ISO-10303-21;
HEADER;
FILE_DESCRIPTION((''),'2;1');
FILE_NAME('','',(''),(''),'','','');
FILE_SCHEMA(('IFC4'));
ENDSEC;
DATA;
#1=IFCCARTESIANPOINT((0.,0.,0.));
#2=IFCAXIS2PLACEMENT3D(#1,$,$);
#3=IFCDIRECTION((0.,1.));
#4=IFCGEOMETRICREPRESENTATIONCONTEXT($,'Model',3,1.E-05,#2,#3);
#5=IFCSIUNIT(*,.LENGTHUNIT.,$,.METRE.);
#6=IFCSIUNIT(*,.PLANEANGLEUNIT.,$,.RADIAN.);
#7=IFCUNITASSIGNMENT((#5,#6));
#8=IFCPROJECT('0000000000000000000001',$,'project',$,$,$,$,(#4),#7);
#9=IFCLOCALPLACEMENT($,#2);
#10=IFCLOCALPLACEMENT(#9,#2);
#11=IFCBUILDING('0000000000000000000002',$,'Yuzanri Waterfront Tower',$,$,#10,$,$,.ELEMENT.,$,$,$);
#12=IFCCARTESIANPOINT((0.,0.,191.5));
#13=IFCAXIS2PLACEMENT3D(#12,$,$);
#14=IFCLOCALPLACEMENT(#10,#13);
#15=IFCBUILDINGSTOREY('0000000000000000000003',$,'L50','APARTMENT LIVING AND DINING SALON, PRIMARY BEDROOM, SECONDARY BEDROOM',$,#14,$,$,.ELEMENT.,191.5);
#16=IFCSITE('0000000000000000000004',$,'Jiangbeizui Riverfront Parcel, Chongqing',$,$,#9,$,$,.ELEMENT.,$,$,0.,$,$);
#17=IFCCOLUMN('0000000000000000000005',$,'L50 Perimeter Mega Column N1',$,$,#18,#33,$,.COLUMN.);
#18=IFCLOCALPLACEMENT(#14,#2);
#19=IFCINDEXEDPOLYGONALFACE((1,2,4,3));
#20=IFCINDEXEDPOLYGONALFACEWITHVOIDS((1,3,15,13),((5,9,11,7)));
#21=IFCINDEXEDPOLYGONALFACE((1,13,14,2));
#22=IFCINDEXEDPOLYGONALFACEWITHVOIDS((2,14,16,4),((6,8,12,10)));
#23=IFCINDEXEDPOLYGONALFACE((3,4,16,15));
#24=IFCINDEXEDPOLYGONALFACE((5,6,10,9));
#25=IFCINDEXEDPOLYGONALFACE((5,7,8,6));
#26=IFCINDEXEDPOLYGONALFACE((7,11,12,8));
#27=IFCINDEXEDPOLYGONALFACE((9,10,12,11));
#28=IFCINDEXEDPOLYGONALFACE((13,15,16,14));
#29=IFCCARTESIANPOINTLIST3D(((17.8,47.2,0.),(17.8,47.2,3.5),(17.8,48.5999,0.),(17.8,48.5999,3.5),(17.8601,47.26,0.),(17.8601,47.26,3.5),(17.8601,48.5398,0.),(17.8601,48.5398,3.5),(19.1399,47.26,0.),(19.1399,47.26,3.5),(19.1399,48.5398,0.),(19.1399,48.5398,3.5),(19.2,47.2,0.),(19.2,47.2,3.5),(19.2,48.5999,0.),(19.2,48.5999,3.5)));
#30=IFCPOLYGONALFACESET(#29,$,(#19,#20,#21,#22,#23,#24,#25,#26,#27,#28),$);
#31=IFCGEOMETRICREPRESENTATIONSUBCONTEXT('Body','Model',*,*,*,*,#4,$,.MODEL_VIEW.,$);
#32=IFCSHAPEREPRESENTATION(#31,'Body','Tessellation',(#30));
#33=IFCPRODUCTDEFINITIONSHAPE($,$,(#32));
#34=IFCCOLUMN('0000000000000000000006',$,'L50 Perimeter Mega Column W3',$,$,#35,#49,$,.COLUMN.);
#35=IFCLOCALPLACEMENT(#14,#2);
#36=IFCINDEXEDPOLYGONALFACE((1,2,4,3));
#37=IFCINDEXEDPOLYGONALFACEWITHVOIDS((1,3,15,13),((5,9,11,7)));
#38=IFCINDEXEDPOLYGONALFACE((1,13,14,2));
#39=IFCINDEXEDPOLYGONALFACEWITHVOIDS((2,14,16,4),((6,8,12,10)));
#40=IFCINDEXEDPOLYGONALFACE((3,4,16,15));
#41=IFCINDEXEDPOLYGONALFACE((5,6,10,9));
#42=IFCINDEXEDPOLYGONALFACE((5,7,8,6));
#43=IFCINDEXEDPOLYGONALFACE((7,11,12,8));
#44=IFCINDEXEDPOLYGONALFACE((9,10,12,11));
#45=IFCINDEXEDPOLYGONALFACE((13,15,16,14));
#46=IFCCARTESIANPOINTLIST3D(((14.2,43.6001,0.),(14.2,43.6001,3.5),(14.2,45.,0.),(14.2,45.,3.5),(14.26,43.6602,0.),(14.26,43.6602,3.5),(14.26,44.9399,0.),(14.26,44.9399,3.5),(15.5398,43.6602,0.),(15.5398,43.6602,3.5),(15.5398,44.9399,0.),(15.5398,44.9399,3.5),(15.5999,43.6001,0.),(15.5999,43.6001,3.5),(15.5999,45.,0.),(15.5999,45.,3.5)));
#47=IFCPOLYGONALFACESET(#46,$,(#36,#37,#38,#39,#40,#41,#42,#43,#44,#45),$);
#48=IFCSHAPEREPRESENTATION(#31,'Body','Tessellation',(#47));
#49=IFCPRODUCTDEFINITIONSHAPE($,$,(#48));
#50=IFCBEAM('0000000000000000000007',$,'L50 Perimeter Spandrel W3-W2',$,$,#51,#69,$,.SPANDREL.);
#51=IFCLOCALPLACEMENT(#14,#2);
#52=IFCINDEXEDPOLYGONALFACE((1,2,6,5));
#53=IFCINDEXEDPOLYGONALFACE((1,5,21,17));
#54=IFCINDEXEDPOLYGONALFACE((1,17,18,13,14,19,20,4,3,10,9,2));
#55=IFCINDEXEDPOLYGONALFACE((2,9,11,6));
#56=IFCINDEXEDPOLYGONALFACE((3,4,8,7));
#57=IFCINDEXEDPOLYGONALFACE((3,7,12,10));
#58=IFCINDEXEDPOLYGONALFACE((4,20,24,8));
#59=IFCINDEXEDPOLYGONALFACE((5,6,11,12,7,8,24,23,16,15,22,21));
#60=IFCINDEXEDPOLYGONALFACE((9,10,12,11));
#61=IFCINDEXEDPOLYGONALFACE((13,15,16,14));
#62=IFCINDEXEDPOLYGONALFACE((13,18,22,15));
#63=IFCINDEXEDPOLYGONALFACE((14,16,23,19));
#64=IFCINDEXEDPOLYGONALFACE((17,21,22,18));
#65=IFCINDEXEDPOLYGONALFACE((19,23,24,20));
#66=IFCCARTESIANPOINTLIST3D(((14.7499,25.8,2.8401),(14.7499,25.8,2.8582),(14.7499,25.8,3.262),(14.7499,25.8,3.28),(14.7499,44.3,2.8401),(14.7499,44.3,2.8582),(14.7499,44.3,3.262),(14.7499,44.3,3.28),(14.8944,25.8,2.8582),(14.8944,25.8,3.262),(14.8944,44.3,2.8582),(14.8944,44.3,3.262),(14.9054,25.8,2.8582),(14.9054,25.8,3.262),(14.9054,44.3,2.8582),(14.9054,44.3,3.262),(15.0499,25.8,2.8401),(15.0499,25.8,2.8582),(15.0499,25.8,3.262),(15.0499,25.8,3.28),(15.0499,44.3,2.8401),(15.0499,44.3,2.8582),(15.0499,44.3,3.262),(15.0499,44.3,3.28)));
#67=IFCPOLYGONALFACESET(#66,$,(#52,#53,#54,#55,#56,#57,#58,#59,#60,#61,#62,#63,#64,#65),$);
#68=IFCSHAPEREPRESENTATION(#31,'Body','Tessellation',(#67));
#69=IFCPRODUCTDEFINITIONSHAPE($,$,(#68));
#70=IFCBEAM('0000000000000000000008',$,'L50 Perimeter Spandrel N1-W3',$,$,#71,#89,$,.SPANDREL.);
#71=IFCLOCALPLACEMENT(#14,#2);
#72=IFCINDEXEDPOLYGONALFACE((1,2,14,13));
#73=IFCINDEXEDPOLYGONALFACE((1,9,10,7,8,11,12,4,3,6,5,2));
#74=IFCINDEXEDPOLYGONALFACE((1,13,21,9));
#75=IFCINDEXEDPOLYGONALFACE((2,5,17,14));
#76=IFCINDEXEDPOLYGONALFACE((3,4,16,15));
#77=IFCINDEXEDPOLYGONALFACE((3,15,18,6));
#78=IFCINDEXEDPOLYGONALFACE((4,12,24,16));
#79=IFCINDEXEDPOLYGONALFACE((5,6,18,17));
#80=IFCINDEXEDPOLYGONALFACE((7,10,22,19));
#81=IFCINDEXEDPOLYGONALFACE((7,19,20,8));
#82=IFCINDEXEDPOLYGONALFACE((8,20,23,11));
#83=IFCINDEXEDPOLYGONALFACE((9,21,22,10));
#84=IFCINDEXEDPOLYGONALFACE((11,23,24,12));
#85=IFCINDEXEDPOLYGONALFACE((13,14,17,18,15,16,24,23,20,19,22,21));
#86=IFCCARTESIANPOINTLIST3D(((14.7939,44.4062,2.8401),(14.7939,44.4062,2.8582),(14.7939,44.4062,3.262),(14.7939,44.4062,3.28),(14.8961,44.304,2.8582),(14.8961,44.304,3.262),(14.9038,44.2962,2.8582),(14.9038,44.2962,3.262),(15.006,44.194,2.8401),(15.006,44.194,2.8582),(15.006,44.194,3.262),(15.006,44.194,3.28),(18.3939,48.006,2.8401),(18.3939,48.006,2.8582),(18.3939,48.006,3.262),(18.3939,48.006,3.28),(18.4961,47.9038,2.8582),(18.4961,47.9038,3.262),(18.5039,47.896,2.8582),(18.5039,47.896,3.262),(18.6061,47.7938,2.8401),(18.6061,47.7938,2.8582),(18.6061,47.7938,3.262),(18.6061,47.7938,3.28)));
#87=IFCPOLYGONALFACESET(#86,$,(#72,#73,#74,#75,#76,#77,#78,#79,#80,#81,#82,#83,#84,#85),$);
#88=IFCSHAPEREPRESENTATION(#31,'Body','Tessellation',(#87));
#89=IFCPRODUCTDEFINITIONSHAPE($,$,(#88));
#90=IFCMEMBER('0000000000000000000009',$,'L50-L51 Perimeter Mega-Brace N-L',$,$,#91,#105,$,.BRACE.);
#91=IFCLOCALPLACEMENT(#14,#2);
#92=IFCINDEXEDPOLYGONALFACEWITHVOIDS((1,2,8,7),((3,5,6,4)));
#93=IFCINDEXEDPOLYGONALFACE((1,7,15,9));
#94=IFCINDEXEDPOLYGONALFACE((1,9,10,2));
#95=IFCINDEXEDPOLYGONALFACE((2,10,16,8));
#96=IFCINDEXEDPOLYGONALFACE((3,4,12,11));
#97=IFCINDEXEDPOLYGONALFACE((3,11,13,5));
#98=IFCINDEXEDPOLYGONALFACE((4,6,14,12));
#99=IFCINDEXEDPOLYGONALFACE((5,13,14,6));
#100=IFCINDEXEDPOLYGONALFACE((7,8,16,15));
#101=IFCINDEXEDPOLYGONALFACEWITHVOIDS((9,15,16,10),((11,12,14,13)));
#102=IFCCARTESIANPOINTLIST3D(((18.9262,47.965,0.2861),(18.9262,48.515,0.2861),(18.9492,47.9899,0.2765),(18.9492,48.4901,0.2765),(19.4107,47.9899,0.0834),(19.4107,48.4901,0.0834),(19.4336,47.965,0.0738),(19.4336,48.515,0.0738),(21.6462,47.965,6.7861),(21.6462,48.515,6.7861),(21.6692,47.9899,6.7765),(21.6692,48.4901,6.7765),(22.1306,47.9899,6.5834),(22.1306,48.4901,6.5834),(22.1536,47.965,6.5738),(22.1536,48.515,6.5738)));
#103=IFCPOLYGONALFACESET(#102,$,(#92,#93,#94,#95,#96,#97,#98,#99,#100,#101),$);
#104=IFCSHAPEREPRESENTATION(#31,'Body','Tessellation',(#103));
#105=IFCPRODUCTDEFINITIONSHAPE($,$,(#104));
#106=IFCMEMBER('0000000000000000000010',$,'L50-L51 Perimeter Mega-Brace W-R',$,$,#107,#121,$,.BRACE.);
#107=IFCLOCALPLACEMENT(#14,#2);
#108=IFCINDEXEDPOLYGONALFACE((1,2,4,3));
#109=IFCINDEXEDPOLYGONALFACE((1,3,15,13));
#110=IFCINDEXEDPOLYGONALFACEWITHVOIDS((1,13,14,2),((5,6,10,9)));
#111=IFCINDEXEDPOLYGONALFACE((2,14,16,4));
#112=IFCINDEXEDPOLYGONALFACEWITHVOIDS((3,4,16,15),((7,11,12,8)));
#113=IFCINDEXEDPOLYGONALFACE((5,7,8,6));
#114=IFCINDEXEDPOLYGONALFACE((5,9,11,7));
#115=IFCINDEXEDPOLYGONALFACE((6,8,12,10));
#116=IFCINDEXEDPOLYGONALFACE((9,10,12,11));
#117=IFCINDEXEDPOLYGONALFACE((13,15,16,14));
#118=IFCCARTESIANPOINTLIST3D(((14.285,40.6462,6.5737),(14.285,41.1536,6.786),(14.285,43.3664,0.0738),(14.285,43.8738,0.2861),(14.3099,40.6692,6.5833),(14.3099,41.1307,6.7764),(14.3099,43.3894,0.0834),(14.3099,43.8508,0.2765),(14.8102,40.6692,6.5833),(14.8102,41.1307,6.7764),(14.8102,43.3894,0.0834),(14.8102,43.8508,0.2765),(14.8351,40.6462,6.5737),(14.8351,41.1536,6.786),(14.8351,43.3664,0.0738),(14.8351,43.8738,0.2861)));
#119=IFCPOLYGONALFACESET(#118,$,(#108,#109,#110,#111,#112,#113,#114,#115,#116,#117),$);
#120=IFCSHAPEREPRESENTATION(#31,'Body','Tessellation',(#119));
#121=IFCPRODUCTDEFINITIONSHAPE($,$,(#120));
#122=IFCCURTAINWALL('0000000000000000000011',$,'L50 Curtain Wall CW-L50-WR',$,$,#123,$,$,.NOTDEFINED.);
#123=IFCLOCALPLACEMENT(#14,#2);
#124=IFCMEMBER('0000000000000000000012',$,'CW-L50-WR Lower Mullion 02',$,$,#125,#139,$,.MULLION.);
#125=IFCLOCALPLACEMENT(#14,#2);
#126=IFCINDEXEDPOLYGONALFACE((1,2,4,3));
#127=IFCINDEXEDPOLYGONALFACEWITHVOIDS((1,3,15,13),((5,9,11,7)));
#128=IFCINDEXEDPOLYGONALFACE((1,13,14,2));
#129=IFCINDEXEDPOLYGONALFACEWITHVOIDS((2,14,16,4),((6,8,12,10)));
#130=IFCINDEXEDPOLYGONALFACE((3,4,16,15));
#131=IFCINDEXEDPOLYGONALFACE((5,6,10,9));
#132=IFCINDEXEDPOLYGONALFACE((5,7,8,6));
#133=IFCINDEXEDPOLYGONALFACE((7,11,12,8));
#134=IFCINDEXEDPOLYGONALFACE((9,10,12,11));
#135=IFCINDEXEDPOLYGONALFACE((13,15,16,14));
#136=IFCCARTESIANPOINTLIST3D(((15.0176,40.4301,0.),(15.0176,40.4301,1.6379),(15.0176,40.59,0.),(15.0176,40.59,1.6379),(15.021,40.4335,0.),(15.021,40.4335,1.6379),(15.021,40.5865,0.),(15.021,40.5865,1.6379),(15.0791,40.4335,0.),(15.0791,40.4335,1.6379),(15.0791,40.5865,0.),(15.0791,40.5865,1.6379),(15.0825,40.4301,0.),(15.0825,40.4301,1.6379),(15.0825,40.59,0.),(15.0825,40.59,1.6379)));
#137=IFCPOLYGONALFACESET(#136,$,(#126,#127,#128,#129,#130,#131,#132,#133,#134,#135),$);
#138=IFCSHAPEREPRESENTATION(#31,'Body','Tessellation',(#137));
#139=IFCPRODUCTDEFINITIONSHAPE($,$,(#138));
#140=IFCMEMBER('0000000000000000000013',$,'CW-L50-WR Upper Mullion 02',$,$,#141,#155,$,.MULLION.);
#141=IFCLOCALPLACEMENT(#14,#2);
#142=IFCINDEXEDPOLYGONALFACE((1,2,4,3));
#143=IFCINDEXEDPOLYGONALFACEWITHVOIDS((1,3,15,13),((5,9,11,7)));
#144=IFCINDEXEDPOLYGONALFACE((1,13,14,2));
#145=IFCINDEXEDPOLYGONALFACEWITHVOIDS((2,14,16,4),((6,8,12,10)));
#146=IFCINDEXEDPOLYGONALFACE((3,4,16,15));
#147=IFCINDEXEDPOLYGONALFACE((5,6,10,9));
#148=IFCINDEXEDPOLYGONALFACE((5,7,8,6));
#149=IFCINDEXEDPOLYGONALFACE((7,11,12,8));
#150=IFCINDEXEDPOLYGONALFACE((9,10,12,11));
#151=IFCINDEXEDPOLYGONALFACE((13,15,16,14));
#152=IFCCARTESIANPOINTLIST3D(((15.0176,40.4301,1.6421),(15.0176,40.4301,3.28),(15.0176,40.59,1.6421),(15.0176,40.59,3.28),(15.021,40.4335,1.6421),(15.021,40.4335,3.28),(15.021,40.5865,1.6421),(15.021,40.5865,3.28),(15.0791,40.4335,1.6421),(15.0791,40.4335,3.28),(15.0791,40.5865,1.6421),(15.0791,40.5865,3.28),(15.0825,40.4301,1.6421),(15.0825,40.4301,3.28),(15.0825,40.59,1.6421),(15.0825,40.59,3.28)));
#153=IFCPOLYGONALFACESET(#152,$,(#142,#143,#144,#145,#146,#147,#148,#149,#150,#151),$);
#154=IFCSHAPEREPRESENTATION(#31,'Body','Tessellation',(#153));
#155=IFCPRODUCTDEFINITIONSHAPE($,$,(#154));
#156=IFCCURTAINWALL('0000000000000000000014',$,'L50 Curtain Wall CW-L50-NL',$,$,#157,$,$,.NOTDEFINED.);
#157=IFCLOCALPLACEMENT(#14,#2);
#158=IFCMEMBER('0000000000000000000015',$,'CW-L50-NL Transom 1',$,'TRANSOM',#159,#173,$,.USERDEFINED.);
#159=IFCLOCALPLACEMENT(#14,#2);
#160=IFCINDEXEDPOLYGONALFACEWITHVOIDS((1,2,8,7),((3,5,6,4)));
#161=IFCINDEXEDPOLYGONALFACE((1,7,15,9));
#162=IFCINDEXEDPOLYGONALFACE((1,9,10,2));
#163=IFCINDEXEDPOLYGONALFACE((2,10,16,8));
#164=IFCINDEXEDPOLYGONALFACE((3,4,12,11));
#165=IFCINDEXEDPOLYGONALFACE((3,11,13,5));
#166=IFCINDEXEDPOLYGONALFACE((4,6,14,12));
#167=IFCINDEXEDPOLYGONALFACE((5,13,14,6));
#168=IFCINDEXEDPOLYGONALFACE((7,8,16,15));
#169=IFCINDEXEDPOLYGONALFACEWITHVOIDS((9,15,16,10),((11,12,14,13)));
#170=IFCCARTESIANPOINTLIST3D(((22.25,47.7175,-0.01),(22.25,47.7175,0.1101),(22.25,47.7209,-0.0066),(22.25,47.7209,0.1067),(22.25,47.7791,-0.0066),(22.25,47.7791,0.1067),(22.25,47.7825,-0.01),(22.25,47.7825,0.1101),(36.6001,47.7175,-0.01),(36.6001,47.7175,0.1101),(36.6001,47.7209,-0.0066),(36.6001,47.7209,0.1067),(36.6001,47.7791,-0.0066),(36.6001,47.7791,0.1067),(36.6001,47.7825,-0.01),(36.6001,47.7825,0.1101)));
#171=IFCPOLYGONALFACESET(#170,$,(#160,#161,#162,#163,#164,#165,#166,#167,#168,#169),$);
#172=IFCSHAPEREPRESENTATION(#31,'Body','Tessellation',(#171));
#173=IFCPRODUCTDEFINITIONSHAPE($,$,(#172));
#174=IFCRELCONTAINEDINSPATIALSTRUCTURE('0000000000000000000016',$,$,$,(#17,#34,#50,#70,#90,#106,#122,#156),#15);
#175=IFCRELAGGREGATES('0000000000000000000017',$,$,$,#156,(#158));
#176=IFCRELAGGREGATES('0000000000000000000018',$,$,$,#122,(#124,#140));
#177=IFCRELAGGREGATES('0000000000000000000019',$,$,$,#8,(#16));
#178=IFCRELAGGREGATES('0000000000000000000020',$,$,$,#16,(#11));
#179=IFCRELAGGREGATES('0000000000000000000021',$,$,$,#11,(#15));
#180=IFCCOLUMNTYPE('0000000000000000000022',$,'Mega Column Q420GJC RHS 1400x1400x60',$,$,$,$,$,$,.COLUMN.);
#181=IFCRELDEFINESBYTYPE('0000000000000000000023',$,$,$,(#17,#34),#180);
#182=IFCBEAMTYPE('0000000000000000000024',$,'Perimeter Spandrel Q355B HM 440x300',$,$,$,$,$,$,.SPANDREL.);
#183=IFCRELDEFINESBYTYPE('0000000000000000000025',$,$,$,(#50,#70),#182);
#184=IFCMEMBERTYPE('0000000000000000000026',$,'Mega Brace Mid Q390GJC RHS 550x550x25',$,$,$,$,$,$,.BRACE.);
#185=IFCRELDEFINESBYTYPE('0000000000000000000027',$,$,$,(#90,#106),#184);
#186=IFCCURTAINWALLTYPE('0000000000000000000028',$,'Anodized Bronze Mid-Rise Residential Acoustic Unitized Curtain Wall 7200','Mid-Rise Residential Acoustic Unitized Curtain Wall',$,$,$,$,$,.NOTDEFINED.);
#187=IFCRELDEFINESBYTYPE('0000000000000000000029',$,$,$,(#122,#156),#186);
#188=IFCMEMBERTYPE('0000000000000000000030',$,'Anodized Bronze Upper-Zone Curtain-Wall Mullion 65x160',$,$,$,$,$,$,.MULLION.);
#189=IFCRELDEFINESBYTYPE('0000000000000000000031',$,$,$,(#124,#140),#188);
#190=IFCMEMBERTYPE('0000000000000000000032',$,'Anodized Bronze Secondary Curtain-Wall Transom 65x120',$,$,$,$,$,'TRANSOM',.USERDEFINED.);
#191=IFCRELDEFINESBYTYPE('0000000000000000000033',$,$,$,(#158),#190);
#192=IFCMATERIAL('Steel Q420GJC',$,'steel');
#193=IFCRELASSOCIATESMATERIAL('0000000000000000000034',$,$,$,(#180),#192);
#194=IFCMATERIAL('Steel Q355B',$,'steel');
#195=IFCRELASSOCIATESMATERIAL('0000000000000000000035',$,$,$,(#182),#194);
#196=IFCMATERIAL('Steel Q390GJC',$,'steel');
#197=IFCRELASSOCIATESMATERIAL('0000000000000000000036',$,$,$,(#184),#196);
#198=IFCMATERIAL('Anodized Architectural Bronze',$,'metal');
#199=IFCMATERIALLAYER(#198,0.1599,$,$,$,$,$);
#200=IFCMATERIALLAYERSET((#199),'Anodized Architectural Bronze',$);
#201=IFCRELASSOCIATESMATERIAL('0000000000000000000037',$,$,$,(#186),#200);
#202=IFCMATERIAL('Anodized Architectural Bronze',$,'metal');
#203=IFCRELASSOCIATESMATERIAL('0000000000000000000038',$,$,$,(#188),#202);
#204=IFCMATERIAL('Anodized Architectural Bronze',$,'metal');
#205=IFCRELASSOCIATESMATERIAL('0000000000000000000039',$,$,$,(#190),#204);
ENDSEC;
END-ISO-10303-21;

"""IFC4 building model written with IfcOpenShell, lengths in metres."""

from ifc_helpers import new_model, si_unit, direction, frame, origin, origin_2d, place, context, subcontext, project, spatial, hollow_rectangle, i_section, extrude, source, transform, mapped, material, layer, layer_set, material_profile, profile_set, type_object, element, aggregate, save


model = new_model("IFC4")

# Units and contexts
model_context = context("Model", 3, precision=1e-05, world=origin(), true_north=direction((0.0, 1.0)))
body_context = subcontext(model_context, "Body", "Model", "MODEL_VIEW")
ifc_project = project(units=[si_unit("LENGTHUNIT", "METRE"), si_unit("PLANEANGLEUNIT", "RADIAN")], contexts=[model_context])

# Site, building, storey
site_placement = place(None, origin())
site = spatial("IfcSite", under=ifc_project, at=site_placement, Name="Jiangbeizui Riverfront Parcel, Chongqing", CompositionType="ELEMENT", RefElevation=0.0)
building_placement = place(site_placement, origin())
building = spatial("IfcBuilding", under=site, at=building_placement, Name="Yuzanri Waterfront Tower", CompositionType="ELEMENT")
storey_placement = place(building_placement, frame((0.0, 0.0, 191.5)))
storey = spatial("IfcBuildingStorey", under=building, at=storey_placement, Name="L50", Description="APARTMENT LIVING AND DINING SALON, PRIMARY BEDROOM, SECONDARY BEDROOM", CompositionType="ELEMENT", Elevation=191.5)

# Columns
ifc_material_1 = material(Name="Steel Q420GJC", Category="steel")
ifc_material_profile_1 = material_profile(ifc_material_1, hollow_rectangle(XDim=1.3999, YDim=1.3999, WallThickness=0.0601, at=origin_2d()), Name="RHS 1400x1400x60")
ifc_profile_set_1 = profile_set([ifc_material_profile_1], Name="Steel Q420GJC")
column_type = type_object("IfcColumnType", Name="Mega Column Q420GJC RHS 1400x1400x60", PredefinedType="COLUMN", material=ifc_profile_set_1)
shared_shape_1 = source(origin(), body_context, "Body", "SweptSolid", [
    extrude(hollow_rectangle(XDim=1.3999, YDim=1.3999, WallThickness=0.0601, at=origin_2d()), origin(), (0.0, 0.0, 1.0), 3.5),
])
for number, where, z_axis, x_axis, name in (
    (1, (18.5, 47.8999, 0.0), (0.0, 0.0, 1.0), (1.0, 0.0, 0.0), "L50 Perimeter Mega Column N1"),
    (2, (14.8999, 44.3, 0.0), (0.0, 0.0, 1.0), (1.0, 0.0, 0.0), "L50 Perimeter Mega Column W3"),
):
    element("IfcColumn", number, at=place(storey_placement, frame(where, z_axis=z_axis, x_axis=x_axis)), inside=storey, type_object=column_type, Name=name, PredefinedType="COLUMN", context=body_context, shape_type="MappedRepresentation", body=[
        mapped(shared_shape_1, transform((0.0, 0.0, 0.0), scale=1.0)),
    ])

# Beams
ifc_material_2 = material(Name="Steel Q355B", Category="steel")
ifc_material_profile_2 = material_profile(ifc_material_2, i_section(OverallWidth=0.3, OverallDepth=0.4399, WebThickness=0.011, FlangeThickness=0.0181, at=origin_2d()), Name="HM 440x300x11x18")
ifc_profile_set_2 = profile_set([ifc_material_profile_2], Name="Steel Q355B")
beam_type = type_object("IfcBeamType", Name="Perimeter Spandrel Q355B HM 440x300", PredefinedType="SPANDREL", material=ifc_profile_set_2)
shared_shape_2 = source(origin(), body_context, "Body", "SweptSolid", [
    extrude(i_section(OverallWidth=0.3, OverallDepth=0.4399, WebThickness=0.011, FlangeThickness=0.0181, at=origin_2d()), origin(), (0.0, 0.0, 1.0), 18.5),
])
beam_1_placement = place(storey_placement, frame((14.8999, 44.3, 3.0601), z_axis=(0.0, -1.0, 0.0), x_axis=(1.0, 0.0, 0.0)))
element("IfcBeam", 3, at=beam_1_placement, inside=storey, type_object=beam_type, Name="L50 Perimeter Spandrel W3-W2", PredefinedType="SPANDREL", context=body_context, shape_type="MappedRepresentation", body=[
    mapped(shared_shape_2, transform((0.0, 0.0, 0.0), scale=1.0)),
])
shared_shape_3 = source(origin(), body_context, "Body", "SweptSolid", [
    extrude(i_section(OverallWidth=0.3, OverallDepth=0.4399, WebThickness=0.011, FlangeThickness=0.0181, at=origin_2d()), origin(), (0.0, 0.0, 1.0), 5.0911),
])
beam_2_placement = place(storey_placement, frame((18.5, 47.8999, 3.0601), z_axis=(-0.707131, -0.707083, 0.0), x_axis=(0.707083, -0.707131, 0.0)))
element("IfcBeam", 4, at=beam_2_placement, inside=storey, type_object=beam_type, Name="L50 Perimeter Spandrel N1-W3", PredefinedType="SPANDREL", context=body_context, shape_type="MappedRepresentation", body=[
    mapped(shared_shape_3, transform((0.0, 0.0, 0.0), scale=1.0)),
])

# Members
ifc_material_3 = material(Name="Steel Q390GJC", Category="steel")
ifc_material_profile_3 = material_profile(ifc_material_3, hollow_rectangle(XDim=0.55, YDim=0.55, WallThickness=0.0249, at=origin_2d()), Name="RHS 550x550x25")
ifc_profile_set_3 = profile_set([ifc_material_profile_3], Name="Steel Q390GJC")
member_type_1 = type_object("IfcMemberType", Name="Mega Brace Mid Q390GJC RHS 550x550x25", PredefinedType="BRACE", material=ifc_profile_set_3)
shared_shape_4 = source(origin(), body_context, "Body", "SweptSolid", [
    extrude(hollow_rectangle(XDim=0.55, YDim=0.55, WallThickness=0.0249, at=origin_2d()), origin(), (0.0, 0.0, 1.0), 7.0461),
])
for number, where, z_axis, x_axis, name in (
    (5, (19.1799, 48.24, 0.1799), (0.386022, 0.0, 0.922489), (0.0, 1.0, 0.0), "L50-L51 Perimeter Mega-Brace N-L"),
    (6, (14.5601, 43.6201, 0.1799), (0.0, -0.386052, 0.922477), (1.0, 0.0, 0.0), "L50-L51 Perimeter Mega-Brace W-R"),
):
    element("IfcMember", number, at=place(storey_placement, frame(where, z_axis=z_axis, x_axis=x_axis)), inside=storey, type_object=member_type_1, Name=name, PredefinedType="BRACE", context=body_context, shape_type="MappedRepresentation", body=[
        mapped(shared_shape_4, transform((0.0, 0.0, 0.0), scale=1.0)),
    ])

# Curtain walls, members
ifc_material_4 = material(Name="Anodized Architectural Bronze", Category="metal")
ifc_layer_1 = layer(ifc_material_4, 0.1599)
ifc_layer_set_1 = layer_set([ifc_layer_1], Name="Anodized Architectural Bronze")
curtain_wall_type = type_object("IfcCurtainWallType", Name="Anodized Bronze Mid-Rise Residential Acoustic Unitized Curtain Wall 7200", Description="Mid-Rise Residential Acoustic Unitized Curtain Wall", PredefinedType="NOTDEFINED", material=ifc_layer_set_1)
curtain_wall_1_placement = place(storey_placement, origin())
curtain_wall_1 = element("IfcCurtainWall", 7, at=curtain_wall_1_placement, inside=storey, type_object=curtain_wall_type, Name="L50 Curtain Wall CW-L50-WR", PredefinedType="NOTDEFINED")
ifc_material_5 = material(Name="Anodized Architectural Bronze", Category="metal")
ifc_material_profile_4 = material_profile(ifc_material_5, hollow_rectangle(XDim=0.0649, YDim=0.1599, WallThickness=0.0034, at=origin_2d()), Name="CWM 65x160")
ifc_profile_set_4 = profile_set([ifc_material_profile_4], Name="Anodized Architectural Bronze")
member_type_2 = type_object("IfcMemberType", Name="Anodized Bronze Upper-Zone Curtain-Wall Mullion 65x160", PredefinedType="MULLION", material=ifc_profile_set_4)
shared_shape_5 = source(origin(), body_context, "Body", "SweptSolid", [
    extrude(hollow_rectangle(XDim=0.0649, YDim=0.1599, WallThickness=0.0034, at=origin_2d()), origin(), (0.0, 0.0, 1.0), 1.6379),
])
member_1_placement = place(storey_placement, frame((15.05, 40.51, 0.0), z_axis=(0.0, 0.0, 1.0), x_axis=(1.0, 0.0, 0.0)))
member_1 = element("IfcMember", 8, at=member_1_placement, type_object=member_type_2, Name="CW-L50-WR Lower Mullion 02", PredefinedType="MULLION", context=body_context, shape_type="MappedRepresentation", body=[
    mapped(shared_shape_5, transform((0.0, 0.0, 0.0), scale=1.0)),
])
member_2_placement = place(storey_placement, frame((15.05, 40.51, 1.6421), z_axis=(0.0, 0.0, 1.0), x_axis=(1.0, 0.0, 0.0)))
member_2 = element("IfcMember", 9, at=member_2_placement, type_object=member_type_2, Name="CW-L50-WR Upper Mullion 02", PredefinedType="MULLION", context=body_context, shape_type="MappedRepresentation", body=[
    mapped(shared_shape_5, transform((0.0, 0.0, 0.0), scale=1.0)),
])
curtain_wall_2_placement = place(storey_placement, origin())
curtain_wall_2 = element("IfcCurtainWall", 10, at=curtain_wall_2_placement, inside=storey, type_object=curtain_wall_type, Name="L50 Curtain Wall CW-L50-NL", PredefinedType="NOTDEFINED")
ifc_material_6 = material(Name="Anodized Architectural Bronze", Category="metal")
ifc_material_profile_5 = material_profile(ifc_material_6, hollow_rectangle(XDim=0.0649, YDim=0.1201, WallThickness=0.0034, at=origin_2d()), Name="CWT 65x120")
ifc_profile_set_5 = profile_set([ifc_material_profile_5], Name="Anodized Architectural Bronze")
member_type_3 = type_object("IfcMemberType", Name="Anodized Bronze Secondary Curtain-Wall Transom 65x120", ElementType="TRANSOM", PredefinedType="USERDEFINED", material=ifc_profile_set_5)
shared_shape_6 = source(origin(), body_context, "Body", "SweptSolid", [
    extrude(hollow_rectangle(XDim=0.0649, YDim=0.1201, WallThickness=0.0034, at=origin_2d()), origin(), (0.0, 0.0, 1.0), 14.3501),
])
member_3_placement = place(storey_placement, frame((22.25, 47.75, 0.05), z_axis=(1.0, 0.0, 0.0), x_axis=(0.0, 1.0, 0.0)))
member_3 = element("IfcMember", 11, at=member_3_placement, type_object=member_type_3, Name="CW-L50-NL Transom 1", ObjectType="TRANSOM", PredefinedType="USERDEFINED", context=body_context, shape_type="MappedRepresentation", body=[
    mapped(shared_shape_6, transform((0.0, 0.0, 0.0), scale=1.0)),
])
aggregate(curtain_wall_2, [member_3])

aggregate(curtain_wall_1, [member_1, member_2])

save(model, "model.ifc")
